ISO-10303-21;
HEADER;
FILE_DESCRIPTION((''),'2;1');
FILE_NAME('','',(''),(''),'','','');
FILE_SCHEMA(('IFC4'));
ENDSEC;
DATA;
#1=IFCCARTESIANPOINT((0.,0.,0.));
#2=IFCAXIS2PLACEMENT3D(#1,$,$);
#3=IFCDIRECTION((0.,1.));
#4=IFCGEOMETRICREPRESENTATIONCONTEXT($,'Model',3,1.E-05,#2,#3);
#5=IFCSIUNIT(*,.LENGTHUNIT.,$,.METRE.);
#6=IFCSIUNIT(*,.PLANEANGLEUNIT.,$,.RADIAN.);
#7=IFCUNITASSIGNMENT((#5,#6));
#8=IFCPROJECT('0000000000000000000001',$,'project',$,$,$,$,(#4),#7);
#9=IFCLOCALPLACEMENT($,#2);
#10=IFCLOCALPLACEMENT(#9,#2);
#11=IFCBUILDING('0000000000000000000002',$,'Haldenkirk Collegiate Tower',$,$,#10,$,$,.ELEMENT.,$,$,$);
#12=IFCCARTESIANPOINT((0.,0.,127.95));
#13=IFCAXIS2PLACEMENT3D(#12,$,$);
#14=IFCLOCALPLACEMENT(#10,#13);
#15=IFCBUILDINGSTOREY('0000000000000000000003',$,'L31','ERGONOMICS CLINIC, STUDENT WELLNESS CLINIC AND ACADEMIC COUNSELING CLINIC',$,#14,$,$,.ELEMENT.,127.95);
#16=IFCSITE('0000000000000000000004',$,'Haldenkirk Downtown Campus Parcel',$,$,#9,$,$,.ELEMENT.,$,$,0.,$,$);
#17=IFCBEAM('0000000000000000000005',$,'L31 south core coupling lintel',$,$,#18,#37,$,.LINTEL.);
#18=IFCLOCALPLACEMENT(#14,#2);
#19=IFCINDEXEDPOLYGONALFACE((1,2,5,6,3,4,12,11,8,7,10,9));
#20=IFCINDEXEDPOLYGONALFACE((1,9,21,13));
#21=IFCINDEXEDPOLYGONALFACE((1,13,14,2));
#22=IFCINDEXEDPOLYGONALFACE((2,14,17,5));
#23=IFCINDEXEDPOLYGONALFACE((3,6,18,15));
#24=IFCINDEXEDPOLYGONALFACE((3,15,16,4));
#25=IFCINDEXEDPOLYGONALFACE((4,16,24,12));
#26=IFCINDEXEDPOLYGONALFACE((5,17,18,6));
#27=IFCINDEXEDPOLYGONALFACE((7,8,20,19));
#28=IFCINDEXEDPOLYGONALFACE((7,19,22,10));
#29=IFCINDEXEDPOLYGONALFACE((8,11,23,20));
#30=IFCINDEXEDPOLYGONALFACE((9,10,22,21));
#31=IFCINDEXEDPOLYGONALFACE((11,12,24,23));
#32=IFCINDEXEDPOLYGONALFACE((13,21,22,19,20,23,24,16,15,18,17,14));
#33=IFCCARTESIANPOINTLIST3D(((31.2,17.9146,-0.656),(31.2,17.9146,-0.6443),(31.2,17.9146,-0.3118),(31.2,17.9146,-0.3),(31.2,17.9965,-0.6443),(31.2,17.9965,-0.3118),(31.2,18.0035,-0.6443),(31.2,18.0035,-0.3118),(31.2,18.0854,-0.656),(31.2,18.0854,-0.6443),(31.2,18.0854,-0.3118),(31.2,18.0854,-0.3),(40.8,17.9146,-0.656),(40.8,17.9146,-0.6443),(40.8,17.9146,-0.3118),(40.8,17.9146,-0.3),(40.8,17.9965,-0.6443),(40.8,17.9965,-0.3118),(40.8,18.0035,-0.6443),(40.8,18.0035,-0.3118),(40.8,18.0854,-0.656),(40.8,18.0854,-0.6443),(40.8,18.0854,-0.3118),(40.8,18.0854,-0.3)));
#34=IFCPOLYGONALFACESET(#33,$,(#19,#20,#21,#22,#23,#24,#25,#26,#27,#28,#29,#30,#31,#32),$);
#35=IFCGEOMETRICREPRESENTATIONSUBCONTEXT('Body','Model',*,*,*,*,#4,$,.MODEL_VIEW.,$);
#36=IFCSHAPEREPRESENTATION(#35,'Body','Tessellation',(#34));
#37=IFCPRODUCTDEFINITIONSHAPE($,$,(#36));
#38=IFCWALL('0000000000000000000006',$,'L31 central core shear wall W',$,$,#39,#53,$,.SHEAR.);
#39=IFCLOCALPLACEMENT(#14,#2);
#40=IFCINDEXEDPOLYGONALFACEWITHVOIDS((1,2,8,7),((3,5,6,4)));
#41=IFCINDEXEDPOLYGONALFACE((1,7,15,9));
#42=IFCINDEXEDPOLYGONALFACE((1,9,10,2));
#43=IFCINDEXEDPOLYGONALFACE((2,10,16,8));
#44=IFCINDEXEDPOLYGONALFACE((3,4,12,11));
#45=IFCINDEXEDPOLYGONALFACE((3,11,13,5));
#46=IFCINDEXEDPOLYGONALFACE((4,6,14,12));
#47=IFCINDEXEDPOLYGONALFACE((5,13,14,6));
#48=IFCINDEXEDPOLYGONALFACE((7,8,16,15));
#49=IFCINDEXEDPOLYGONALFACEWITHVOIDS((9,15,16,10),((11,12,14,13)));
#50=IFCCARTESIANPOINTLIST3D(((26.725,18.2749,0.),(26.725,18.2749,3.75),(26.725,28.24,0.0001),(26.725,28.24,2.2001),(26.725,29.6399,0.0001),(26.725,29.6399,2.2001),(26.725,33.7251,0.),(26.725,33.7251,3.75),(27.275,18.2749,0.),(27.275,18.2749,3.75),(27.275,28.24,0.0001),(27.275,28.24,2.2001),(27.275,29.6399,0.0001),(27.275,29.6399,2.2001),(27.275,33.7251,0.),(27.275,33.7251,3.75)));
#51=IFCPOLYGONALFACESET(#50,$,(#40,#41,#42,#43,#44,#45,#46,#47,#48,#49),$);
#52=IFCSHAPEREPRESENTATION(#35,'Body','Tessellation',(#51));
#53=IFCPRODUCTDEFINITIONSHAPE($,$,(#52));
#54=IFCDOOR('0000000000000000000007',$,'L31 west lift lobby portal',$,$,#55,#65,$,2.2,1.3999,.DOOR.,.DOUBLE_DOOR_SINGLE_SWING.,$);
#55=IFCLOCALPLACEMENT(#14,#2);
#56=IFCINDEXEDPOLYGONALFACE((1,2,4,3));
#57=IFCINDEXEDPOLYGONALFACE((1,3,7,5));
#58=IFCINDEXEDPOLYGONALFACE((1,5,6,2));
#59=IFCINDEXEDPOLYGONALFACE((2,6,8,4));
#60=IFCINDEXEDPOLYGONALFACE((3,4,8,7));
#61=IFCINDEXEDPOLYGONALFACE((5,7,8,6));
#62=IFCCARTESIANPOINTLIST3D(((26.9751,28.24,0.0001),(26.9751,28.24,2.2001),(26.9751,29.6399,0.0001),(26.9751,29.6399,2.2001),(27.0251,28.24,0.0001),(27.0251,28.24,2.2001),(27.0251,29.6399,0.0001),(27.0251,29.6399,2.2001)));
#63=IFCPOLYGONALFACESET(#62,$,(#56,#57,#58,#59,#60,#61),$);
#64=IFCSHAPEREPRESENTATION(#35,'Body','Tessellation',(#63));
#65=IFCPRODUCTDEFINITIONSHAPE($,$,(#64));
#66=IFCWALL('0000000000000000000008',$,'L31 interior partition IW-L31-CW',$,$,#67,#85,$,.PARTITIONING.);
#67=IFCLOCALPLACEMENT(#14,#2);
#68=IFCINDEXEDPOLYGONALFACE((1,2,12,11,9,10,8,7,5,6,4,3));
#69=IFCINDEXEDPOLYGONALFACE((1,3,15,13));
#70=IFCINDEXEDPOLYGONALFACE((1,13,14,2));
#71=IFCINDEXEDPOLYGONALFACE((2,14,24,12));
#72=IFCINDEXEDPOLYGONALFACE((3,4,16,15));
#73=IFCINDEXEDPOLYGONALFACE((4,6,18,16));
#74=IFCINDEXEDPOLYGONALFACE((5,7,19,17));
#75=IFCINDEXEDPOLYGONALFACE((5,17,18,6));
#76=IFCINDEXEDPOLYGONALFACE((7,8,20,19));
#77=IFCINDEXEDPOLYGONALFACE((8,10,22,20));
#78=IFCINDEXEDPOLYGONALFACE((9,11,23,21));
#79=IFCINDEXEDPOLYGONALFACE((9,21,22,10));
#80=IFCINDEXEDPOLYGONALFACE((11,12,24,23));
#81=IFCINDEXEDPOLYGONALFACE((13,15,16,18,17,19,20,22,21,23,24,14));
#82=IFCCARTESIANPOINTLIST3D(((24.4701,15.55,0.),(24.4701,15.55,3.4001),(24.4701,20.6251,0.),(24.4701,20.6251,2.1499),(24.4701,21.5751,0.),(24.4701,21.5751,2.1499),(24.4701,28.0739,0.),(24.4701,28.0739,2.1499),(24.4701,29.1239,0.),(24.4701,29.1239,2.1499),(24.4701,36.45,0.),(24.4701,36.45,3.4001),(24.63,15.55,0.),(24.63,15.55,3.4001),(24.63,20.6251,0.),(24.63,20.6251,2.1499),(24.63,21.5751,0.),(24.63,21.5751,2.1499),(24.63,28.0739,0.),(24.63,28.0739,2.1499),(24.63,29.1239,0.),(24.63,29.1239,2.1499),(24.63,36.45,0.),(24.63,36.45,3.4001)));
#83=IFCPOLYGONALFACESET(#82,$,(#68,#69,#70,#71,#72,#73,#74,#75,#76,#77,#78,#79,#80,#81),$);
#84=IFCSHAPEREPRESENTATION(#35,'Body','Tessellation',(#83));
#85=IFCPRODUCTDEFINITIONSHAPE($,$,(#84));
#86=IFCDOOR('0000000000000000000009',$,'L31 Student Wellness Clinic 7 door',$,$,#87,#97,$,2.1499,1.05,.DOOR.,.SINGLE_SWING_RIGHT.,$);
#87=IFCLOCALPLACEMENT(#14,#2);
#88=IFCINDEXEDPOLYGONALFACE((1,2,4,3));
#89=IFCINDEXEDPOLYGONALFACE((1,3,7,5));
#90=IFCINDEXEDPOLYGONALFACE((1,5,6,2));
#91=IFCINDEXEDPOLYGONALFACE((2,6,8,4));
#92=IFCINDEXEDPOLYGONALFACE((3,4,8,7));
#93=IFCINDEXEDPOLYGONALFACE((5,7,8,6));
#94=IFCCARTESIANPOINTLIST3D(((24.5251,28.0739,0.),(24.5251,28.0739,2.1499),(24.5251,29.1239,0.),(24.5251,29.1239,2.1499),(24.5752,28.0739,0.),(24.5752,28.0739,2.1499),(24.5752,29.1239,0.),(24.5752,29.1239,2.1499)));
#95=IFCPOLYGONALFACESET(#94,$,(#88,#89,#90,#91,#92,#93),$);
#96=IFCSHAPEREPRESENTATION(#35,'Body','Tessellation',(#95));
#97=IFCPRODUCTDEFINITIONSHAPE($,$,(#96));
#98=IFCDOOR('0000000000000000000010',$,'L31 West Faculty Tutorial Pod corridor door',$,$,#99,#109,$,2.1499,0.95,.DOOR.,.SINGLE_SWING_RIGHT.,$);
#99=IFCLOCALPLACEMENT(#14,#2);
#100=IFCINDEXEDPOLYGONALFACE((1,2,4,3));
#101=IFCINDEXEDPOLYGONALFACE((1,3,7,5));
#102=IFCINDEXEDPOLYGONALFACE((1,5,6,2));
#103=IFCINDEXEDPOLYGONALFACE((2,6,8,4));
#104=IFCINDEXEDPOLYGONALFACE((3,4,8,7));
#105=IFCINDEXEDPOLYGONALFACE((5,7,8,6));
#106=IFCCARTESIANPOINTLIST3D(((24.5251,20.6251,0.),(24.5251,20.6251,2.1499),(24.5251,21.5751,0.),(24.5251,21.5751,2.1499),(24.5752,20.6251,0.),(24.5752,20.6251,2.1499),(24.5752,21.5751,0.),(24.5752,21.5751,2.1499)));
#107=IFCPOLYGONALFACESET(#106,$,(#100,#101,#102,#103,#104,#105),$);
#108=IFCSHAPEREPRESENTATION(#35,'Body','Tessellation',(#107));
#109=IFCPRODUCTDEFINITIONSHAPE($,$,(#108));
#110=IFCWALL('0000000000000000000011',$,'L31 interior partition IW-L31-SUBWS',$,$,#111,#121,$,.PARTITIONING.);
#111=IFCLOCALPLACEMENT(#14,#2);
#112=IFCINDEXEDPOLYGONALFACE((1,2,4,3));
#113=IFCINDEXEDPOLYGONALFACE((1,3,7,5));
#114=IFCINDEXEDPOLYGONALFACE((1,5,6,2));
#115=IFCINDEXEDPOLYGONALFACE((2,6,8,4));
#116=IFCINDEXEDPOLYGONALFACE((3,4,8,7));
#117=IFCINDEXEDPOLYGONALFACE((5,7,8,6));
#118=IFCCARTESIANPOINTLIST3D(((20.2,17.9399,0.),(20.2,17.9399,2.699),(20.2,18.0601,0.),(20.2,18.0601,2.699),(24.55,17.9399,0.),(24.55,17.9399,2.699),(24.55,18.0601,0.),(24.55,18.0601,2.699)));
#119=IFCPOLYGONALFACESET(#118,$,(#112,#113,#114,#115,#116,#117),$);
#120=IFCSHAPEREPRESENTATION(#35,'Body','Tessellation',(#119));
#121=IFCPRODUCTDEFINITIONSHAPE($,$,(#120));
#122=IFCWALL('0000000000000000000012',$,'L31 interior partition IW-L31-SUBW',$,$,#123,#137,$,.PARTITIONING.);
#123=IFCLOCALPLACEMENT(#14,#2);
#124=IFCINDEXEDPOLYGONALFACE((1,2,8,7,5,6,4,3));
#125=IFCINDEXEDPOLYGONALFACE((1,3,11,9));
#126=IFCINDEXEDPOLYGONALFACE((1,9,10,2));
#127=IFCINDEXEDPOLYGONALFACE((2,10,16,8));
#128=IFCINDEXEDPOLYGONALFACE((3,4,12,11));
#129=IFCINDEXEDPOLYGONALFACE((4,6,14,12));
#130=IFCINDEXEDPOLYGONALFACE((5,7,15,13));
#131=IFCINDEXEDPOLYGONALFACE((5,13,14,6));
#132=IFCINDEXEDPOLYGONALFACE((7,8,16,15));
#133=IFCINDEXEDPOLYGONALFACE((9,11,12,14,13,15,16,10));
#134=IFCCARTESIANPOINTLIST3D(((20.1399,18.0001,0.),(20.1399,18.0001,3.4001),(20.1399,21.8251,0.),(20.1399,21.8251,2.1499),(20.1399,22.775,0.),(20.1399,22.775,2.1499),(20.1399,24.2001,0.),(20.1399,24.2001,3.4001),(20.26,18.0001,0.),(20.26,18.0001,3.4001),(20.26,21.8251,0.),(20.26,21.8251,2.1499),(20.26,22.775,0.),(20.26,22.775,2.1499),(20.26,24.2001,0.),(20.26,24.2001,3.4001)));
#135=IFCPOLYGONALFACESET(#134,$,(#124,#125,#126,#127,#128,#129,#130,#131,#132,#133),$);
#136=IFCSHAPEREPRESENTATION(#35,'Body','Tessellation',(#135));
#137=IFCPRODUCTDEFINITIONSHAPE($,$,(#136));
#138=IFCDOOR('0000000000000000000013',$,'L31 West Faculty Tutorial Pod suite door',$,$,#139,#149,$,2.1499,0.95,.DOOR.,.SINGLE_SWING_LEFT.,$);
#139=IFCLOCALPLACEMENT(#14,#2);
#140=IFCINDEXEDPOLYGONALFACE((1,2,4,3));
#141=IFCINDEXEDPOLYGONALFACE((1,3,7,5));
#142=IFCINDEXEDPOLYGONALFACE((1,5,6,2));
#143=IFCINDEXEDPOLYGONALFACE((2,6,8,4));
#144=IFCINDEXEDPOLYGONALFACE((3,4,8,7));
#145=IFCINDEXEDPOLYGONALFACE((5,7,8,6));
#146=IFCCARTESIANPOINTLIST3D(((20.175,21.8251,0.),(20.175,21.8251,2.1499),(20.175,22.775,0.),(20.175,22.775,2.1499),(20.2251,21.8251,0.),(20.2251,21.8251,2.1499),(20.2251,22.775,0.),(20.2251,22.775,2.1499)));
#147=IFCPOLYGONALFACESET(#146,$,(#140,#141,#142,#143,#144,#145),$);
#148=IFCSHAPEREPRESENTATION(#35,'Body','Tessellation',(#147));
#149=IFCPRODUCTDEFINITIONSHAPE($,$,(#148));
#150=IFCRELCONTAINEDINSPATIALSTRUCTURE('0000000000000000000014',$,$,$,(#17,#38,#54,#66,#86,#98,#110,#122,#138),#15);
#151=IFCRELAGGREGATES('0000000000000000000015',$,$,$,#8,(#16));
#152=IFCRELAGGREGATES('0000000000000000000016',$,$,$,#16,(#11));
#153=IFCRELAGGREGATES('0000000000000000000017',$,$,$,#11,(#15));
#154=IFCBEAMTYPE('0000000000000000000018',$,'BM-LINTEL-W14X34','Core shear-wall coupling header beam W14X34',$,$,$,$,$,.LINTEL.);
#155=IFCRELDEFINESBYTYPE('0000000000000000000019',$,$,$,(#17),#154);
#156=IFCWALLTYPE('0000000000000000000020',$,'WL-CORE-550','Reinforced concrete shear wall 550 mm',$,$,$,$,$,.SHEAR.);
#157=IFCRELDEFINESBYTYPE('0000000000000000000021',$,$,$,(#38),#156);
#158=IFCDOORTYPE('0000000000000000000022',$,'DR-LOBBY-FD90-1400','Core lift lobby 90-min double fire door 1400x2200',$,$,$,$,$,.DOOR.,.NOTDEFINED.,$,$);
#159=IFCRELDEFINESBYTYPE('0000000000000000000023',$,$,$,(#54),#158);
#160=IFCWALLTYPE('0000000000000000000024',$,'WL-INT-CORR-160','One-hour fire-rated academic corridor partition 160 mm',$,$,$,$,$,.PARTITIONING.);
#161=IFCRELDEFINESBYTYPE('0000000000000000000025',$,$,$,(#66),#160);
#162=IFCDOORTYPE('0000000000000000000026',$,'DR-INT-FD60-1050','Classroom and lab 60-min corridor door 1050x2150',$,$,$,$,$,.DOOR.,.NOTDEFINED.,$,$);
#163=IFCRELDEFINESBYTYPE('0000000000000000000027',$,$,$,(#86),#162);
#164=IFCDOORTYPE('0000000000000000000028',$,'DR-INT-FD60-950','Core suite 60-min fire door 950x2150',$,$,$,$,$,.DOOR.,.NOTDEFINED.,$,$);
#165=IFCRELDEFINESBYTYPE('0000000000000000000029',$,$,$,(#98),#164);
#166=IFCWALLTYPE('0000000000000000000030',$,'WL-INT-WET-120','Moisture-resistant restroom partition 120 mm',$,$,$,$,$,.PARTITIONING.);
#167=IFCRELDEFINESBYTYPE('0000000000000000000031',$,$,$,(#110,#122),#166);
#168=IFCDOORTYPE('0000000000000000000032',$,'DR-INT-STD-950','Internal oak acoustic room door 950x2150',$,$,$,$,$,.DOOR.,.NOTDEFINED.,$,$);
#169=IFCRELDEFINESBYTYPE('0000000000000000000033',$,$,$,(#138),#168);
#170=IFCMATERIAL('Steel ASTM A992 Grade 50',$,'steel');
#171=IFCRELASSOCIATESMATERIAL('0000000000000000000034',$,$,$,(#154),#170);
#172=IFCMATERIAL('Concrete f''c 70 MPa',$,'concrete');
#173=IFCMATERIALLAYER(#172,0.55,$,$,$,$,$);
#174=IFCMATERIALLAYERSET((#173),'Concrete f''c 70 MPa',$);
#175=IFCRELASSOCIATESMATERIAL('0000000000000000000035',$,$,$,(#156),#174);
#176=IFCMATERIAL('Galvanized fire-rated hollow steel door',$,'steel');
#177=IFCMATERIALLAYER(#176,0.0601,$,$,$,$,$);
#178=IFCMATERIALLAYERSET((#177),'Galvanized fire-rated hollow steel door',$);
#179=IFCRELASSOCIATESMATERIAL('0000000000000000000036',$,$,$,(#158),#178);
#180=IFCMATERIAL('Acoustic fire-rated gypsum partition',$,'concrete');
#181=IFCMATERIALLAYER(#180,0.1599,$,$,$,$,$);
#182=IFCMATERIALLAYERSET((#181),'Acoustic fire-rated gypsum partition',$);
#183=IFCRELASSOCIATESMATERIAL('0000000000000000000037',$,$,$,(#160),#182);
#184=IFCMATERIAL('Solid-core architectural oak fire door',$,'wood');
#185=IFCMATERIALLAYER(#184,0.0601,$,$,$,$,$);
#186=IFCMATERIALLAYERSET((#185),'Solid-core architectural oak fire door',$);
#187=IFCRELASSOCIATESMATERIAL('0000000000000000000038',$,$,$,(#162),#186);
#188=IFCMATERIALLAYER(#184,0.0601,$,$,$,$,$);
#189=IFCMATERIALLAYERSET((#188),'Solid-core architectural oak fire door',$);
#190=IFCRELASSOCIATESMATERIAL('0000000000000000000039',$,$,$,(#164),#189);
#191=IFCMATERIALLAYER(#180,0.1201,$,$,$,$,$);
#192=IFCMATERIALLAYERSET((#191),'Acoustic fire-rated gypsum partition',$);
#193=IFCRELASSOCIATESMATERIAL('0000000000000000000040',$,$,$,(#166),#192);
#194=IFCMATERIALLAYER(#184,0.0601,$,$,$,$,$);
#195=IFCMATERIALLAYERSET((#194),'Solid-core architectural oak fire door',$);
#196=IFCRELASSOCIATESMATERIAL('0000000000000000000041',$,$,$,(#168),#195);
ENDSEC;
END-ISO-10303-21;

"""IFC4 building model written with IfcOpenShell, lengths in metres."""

from ifc_helpers import new_model, si_unit, direction, frame, frame_2d, origin, origin_2d, place, context, subcontext, project, spatial, rectangle, i_section, extrude, material, layer, layer_set, material_profile, profile_set, type_object, element, fill, save


model = new_model("IFC4")

# Units and contexts
model_context = context("Model", 3, precision=1e-05, world=origin(), true_north=direction((0.0, 1.0)))
body_context = subcontext(model_context, "Body", "Model", "MODEL_VIEW")
ifc_project = project(units=[si_unit("LENGTHUNIT", "METRE"), si_unit("PLANEANGLEUNIT", "RADIAN")], contexts=[model_context])

# Site, building, storey
site_placement = place(None, origin())
site = spatial("IfcSite", under=ifc_project, at=site_placement, Name="Haldenkirk Downtown Campus Parcel", CompositionType="ELEMENT", RefElevation=0.0)
building_placement = place(site_placement, origin())
building = spatial("IfcBuilding", under=site, at=building_placement, Name="Haldenkirk Collegiate Tower", CompositionType="ELEMENT")
storey_placement = place(building_placement, frame((0.0, 0.0, 127.95)))
storey = spatial("IfcBuildingStorey", under=building, at=storey_placement, Name="L31", Description="ERGONOMICS CLINIC, STUDENT WELLNESS CLINIC AND ACADEMIC COUNSELING CLINIC", CompositionType="ELEMENT", Elevation=127.95)

# Beam
ifc_material_1 = material(Name="Steel ASTM A992 Grade 50", Category="steel")
ifc_material_profile = material_profile(ifc_material_1, i_section(OverallWidth=0.1709, OverallDepth=0.356, WebThickness=0.0071, FlangeThickness=0.0117, at=origin_2d()), Name="W14X34")
ifc_profile_set = profile_set([ifc_material_profile], Name="Steel ASTM A992 Grade 50")
beam_type = type_object("IfcBeamType", Name="BM-LINTEL-W14X34", Description="Core shear-wall coupling header beam W14X34", PredefinedType="LINTEL", material=ifc_profile_set)
beam_placement = place(storey_placement, frame((31.2, 18.0, -0.478), z_axis=(1.0, 0.0, 0.0), x_axis=(0.0, 1.0, 0.0)))
element("IfcBeam", 1, at=beam_placement, inside=storey, type_object=beam_type, Name="L31 south core coupling lintel", PredefinedType="LINTEL", context=body_context, shape_type="SweptSolid", body=[
    extrude(i_section(OverallWidth=0.1709, OverallDepth=0.356, WebThickness=0.0071, FlangeThickness=0.0117, at=origin_2d()), origin(), (0.0, 0.0, 1.0), 9.6001),
])

# Shared definitions
ifc_material_2 = material(Name="Concrete f'c 70 MPa", Category="concrete")
ifc_layer_1 = layer(ifc_material_2, 0.55)
ifc_layer_set_1 = layer_set([ifc_layer_1], Name="Concrete f'c 70 MPa")
wall_type_1 = type_object("IfcWallType", Name="WL-CORE-550", Description="Reinforced concrete shear wall 550 mm", PredefinedType="SHEAR", material=ifc_layer_set_1)
ifc_material_3 = material(Name="Galvanized fire-rated hollow steel door", Category="steel")

# Wall, opening, door
wall_1_placement = place(storey_placement, frame((27.0, 18.2749, 0.0), z_axis=(0.0, 0.0, 1.0), x_axis=(0.0, 1.0, 0.0)))
wall_1 = element("IfcWall", 2, at=wall_1_placement, inside=storey, type_object=wall_type_1, Name="L31 central core shear wall W", PredefinedType="SHEAR", context=body_context, shape_type="SweptSolid", body=[
    extrude(rectangle(XDim=15.4502, YDim=0.55, at=frame_2d((7.7251, 0.0))), origin(), (0.0, 0.0, 1.0), 3.75),
])
opening_1_placement = place(wall_1_placement, frame((9.9651, 0.0, 0.0)))
opening_1 = element("IfcOpeningElement", 3, at=opening_1_placement, cuts=wall_1, PredefinedType="OPENING", context=body_context, shape_type="SweptSolid", body=[
    extrude(rectangle(XDim=1.3999, YDim=2.2, at=frame_2d((0.7, 1.1001))), frame((0.0, 0.2849, 0.0), z_axis=(0.0, -1.0, 0.0), x_axis=(1.0, 0.0, 0.0)), (0.0, 0.0, 1.0), 0.5701),
])
ifc_layer_2 = layer(ifc_material_3, 0.0601)
ifc_layer_set_2 = layer_set([ifc_layer_2], Name="Galvanized fire-rated hollow steel door")
door_type_1 = type_object("IfcDoorType", Name="DR-LOBBY-FD90-1400", Description="Core lift lobby 90-min double fire door 1400x2200", OperationType="NOTDEFINED", PredefinedType="DOOR", material=ifc_layer_set_2)
door_1_placement = place(opening_1_placement, origin())
door_1 = element("IfcDoor", 4, at=door_1_placement, inside=storey, type_object=door_type_1, Name="L31 west lift lobby portal", OperationType="DOUBLE_DOOR_SINGLE_SWING", OverallHeight=2.2, OverallWidth=1.3999, PredefinedType="DOOR", context=body_context, shape_type="SweptSolid", body=[
    extrude(rectangle(XDim=1.3999, YDim=2.2, at=frame_2d((0.7, 1.1001))), frame((0.0, 0.0249, 0.0), z_axis=(0.0, -1.0, 0.0), x_axis=(1.0, 0.0, 0.0)), (0.0, 0.0, 1.0), 0.05),
])
fill(opening_1, door_1)

# Wall, openings, doors
ifc_material_4 = material(Name="Acoustic fire-rated gypsum partition", Category="concrete")
ifc_layer_3 = layer(ifc_material_4, 0.1599)
ifc_layer_set_3 = layer_set([ifc_layer_3], Name="Acoustic fire-rated gypsum partition")
wall_type_2 = type_object("IfcWallType", Name="WL-INT-CORR-160", Description="One-hour fire-rated academic corridor partition 160 mm", PredefinedType="PARTITIONING", material=ifc_layer_set_3)
wall_2_placement = place(storey_placement, frame((24.55, 15.55, 0.0), z_axis=(0.0, 0.0, 1.0), x_axis=(0.0, 1.0, 0.0)))
wall_2 = element("IfcWall", 5, at=wall_2_placement, inside=storey, type_object=wall_type_2, Name="L31 interior partition IW-L31-CW", PredefinedType="PARTITIONING", context=body_context, shape_type="SweptSolid", body=[
    extrude(rectangle(XDim=20.8999, YDim=0.1599, at=frame_2d((10.45, 0.0))), origin(), (0.0, 0.0, 1.0), 3.4001),
])
opening_2_placement = place(wall_2_placement, frame((5.075, 0.0, 0.0)))
opening_2 = element("IfcOpeningElement", 6, at=opening_2_placement, cuts=wall_2, PredefinedType="OPENING", context=body_context, shape_type="SweptSolid", body=[
    extrude(rectangle(XDim=0.95, YDim=2.1499, at=frame_2d((0.4751, 1.075))), frame((0.0, 0.0898, 0.0), z_axis=(0.0, -1.0, 0.0), x_axis=(1.0, 0.0, 0.0)), (0.0, 0.0, 1.0), 0.1799),
])
opening_3_placement = place(wall_2_placement, frame((12.5239, 0.0, 0.0)))
opening_3 = element("IfcOpeningElement", 7, at=opening_3_placement, cuts=wall_2, PredefinedType="OPENING", context=body_context, shape_type="SweptSolid", body=[
    extrude(rectangle(XDim=1.05, YDim=2.1499, at=frame_2d((0.5249, 1.075))), frame((0.0, 0.0898, 0.0), z_axis=(0.0, -1.0, 0.0), x_axis=(1.0, 0.0, 0.0)), (0.0, 0.0, 1.0), 0.1799),
])
ifc_material_5 = material(Name="Solid-core architectural oak fire door", Category="wood")
ifc_layer_4 = layer(ifc_material_5, 0.0601)
ifc_layer_set_4 = layer_set([ifc_layer_4], Name="Solid-core architectural oak fire door")
door_type_2 = type_object("IfcDoorType", Name="DR-INT-FD60-1050", Description="Classroom and lab 60-min corridor door 1050x2150", OperationType="NOTDEFINED", PredefinedType="DOOR", material=ifc_layer_set_4)
door_2_placement = place(opening_3_placement, origin())
door_2 = element("IfcDoor", 8, at=door_2_placement, inside=storey, type_object=door_type_2, Name="L31 Student Wellness Clinic 7 door", OperationType="SINGLE_SWING_RIGHT", OverallHeight=2.1499, OverallWidth=1.05, PredefinedType="DOOR", context=body_context, shape_type="SweptSolid", body=[
    extrude(rectangle(XDim=1.05, YDim=2.1499, at=frame_2d((0.5249, 1.075))), frame((0.0, 0.0249, 0.0), z_axis=(0.0, -1.0, 0.0), x_axis=(1.0, 0.0, 0.0)), (0.0, 0.0, 1.0), 0.05),
])
fill(opening_3, door_2)
ifc_layer_5 = layer(ifc_material_5, 0.0601)
ifc_layer_set_5 = layer_set([ifc_layer_5], Name="Solid-core architectural oak fire door")
door_type_3 = type_object("IfcDoorType", Name="DR-INT-FD60-950", Description="Core suite 60-min fire door 950x2150", OperationType="NOTDEFINED", PredefinedType="DOOR", material=ifc_layer_set_5)
door_3_placement = place(opening_2_placement, origin())
door_3 = element("IfcDoor", 9, at=door_3_placement, inside=storey, type_object=door_type_3, Name="L31 West Faculty Tutorial Pod corridor door", OperationType="SINGLE_SWING_RIGHT", OverallHeight=2.1499, OverallWidth=0.95, PredefinedType="DOOR", context=body_context, shape_type="SweptSolid", body=[
    extrude(rectangle(XDim=0.95, YDim=2.1499, at=frame_2d((0.4751, 1.075))), frame((0.0, 0.0249, 0.0), z_axis=(0.0, -1.0, 0.0), x_axis=(1.0, 0.0, 0.0)), (0.0, 0.0, 1.0), 0.05),
])
fill(opening_2, door_3)

# Wall
ifc_layer_6 = layer(ifc_material_4, 0.1201)
ifc_layer_set_6 = layer_set([ifc_layer_6], Name="Acoustic fire-rated gypsum partition")
wall_type_3 = type_object("IfcWallType", Name="WL-INT-WET-120", Description="Moisture-resistant restroom partition 120 mm", PredefinedType="PARTITIONING", material=ifc_layer_set_6)
wall_3_placement = place(storey_placement, frame((20.2, 18.0, 0.0), z_axis=(0.0, 0.0, 1.0), x_axis=(1.0, 0.0, 0.0)))
element("IfcWall", 10, at=wall_3_placement, inside=storey, type_object=wall_type_3, Name="L31 interior partition IW-L31-SUBWS", PredefinedType="PARTITIONING", context=body_context, shape_type="SweptSolid", body=[
    extrude(rectangle(XDim=4.3501, YDim=0.1201, at=frame_2d((2.175, 0.0))), origin(), (0.0, 0.0, 1.0), 2.699),
])

# Wall, opening, door
wall_4_placement = place(storey_placement, frame((20.2, 18.0, 0.0), z_axis=(0.0, 0.0, 1.0), x_axis=(0.0, 1.0, 0.0)))
wall_4 = element("IfcWall", 11, at=wall_4_placement, inside=storey, type_object=wall_type_3, Name="L31 interior partition IW-L31-SUBW", PredefinedType="PARTITIONING", context=body_context, shape_type="SweptSolid", body=[
    extrude(rectangle(XDim=6.2, YDim=0.1201, at=frame_2d((3.1001, 0.0))), origin(), (0.0, 0.0, 1.0), 3.4001),
])
opening_4_placement = place(wall_4_placement, frame((3.825, 0.0, 0.0)))
opening_4 = element("IfcOpeningElement", 12, at=opening_4_placement, cuts=wall_4, PredefinedType="OPENING", context=body_context, shape_type="SweptSolid", body=[
    extrude(rectangle(XDim=0.95, YDim=2.1499, at=frame_2d((0.4751, 1.075))), frame((0.0, 0.0701, 0.0), z_axis=(0.0, -1.0, 0.0), x_axis=(1.0, 0.0, 0.0)), (0.0, 0.0, 1.0), 0.1401),
])
ifc_layer_7 = layer(ifc_material_5, 0.0601)
ifc_layer_set_7 = layer_set([ifc_layer_7], Name="Solid-core architectural oak fire door")
door_type_4 = type_object("IfcDoorType", Name="DR-INT-STD-950", Description="Internal oak acoustic room door 950x2150", OperationType="NOTDEFINED", PredefinedType="DOOR", material=ifc_layer_set_7)
door_4_placement = place(opening_4_placement, origin())
door_4 = element("IfcDoor", 13, at=door_4_placement, inside=storey, type_object=door_type_4, Name="L31 West Faculty Tutorial Pod suite door", OperationType="SINGLE_SWING_LEFT", OverallHeight=2.1499, OverallWidth=0.95, PredefinedType="DOOR", context=body_context, shape_type="SweptSolid", body=[
    extrude(rectangle(XDim=0.95, YDim=2.1499, at=frame_2d((0.4751, 1.075))), frame((0.0, 0.0249, 0.0), z_axis=(0.0, -1.0, 0.0), x_axis=(1.0, 0.0, 0.0)), (0.0, 0.0, 1.0), 0.05),
])
fill(opening_4, door_4)

save(model, "model.ifc")
